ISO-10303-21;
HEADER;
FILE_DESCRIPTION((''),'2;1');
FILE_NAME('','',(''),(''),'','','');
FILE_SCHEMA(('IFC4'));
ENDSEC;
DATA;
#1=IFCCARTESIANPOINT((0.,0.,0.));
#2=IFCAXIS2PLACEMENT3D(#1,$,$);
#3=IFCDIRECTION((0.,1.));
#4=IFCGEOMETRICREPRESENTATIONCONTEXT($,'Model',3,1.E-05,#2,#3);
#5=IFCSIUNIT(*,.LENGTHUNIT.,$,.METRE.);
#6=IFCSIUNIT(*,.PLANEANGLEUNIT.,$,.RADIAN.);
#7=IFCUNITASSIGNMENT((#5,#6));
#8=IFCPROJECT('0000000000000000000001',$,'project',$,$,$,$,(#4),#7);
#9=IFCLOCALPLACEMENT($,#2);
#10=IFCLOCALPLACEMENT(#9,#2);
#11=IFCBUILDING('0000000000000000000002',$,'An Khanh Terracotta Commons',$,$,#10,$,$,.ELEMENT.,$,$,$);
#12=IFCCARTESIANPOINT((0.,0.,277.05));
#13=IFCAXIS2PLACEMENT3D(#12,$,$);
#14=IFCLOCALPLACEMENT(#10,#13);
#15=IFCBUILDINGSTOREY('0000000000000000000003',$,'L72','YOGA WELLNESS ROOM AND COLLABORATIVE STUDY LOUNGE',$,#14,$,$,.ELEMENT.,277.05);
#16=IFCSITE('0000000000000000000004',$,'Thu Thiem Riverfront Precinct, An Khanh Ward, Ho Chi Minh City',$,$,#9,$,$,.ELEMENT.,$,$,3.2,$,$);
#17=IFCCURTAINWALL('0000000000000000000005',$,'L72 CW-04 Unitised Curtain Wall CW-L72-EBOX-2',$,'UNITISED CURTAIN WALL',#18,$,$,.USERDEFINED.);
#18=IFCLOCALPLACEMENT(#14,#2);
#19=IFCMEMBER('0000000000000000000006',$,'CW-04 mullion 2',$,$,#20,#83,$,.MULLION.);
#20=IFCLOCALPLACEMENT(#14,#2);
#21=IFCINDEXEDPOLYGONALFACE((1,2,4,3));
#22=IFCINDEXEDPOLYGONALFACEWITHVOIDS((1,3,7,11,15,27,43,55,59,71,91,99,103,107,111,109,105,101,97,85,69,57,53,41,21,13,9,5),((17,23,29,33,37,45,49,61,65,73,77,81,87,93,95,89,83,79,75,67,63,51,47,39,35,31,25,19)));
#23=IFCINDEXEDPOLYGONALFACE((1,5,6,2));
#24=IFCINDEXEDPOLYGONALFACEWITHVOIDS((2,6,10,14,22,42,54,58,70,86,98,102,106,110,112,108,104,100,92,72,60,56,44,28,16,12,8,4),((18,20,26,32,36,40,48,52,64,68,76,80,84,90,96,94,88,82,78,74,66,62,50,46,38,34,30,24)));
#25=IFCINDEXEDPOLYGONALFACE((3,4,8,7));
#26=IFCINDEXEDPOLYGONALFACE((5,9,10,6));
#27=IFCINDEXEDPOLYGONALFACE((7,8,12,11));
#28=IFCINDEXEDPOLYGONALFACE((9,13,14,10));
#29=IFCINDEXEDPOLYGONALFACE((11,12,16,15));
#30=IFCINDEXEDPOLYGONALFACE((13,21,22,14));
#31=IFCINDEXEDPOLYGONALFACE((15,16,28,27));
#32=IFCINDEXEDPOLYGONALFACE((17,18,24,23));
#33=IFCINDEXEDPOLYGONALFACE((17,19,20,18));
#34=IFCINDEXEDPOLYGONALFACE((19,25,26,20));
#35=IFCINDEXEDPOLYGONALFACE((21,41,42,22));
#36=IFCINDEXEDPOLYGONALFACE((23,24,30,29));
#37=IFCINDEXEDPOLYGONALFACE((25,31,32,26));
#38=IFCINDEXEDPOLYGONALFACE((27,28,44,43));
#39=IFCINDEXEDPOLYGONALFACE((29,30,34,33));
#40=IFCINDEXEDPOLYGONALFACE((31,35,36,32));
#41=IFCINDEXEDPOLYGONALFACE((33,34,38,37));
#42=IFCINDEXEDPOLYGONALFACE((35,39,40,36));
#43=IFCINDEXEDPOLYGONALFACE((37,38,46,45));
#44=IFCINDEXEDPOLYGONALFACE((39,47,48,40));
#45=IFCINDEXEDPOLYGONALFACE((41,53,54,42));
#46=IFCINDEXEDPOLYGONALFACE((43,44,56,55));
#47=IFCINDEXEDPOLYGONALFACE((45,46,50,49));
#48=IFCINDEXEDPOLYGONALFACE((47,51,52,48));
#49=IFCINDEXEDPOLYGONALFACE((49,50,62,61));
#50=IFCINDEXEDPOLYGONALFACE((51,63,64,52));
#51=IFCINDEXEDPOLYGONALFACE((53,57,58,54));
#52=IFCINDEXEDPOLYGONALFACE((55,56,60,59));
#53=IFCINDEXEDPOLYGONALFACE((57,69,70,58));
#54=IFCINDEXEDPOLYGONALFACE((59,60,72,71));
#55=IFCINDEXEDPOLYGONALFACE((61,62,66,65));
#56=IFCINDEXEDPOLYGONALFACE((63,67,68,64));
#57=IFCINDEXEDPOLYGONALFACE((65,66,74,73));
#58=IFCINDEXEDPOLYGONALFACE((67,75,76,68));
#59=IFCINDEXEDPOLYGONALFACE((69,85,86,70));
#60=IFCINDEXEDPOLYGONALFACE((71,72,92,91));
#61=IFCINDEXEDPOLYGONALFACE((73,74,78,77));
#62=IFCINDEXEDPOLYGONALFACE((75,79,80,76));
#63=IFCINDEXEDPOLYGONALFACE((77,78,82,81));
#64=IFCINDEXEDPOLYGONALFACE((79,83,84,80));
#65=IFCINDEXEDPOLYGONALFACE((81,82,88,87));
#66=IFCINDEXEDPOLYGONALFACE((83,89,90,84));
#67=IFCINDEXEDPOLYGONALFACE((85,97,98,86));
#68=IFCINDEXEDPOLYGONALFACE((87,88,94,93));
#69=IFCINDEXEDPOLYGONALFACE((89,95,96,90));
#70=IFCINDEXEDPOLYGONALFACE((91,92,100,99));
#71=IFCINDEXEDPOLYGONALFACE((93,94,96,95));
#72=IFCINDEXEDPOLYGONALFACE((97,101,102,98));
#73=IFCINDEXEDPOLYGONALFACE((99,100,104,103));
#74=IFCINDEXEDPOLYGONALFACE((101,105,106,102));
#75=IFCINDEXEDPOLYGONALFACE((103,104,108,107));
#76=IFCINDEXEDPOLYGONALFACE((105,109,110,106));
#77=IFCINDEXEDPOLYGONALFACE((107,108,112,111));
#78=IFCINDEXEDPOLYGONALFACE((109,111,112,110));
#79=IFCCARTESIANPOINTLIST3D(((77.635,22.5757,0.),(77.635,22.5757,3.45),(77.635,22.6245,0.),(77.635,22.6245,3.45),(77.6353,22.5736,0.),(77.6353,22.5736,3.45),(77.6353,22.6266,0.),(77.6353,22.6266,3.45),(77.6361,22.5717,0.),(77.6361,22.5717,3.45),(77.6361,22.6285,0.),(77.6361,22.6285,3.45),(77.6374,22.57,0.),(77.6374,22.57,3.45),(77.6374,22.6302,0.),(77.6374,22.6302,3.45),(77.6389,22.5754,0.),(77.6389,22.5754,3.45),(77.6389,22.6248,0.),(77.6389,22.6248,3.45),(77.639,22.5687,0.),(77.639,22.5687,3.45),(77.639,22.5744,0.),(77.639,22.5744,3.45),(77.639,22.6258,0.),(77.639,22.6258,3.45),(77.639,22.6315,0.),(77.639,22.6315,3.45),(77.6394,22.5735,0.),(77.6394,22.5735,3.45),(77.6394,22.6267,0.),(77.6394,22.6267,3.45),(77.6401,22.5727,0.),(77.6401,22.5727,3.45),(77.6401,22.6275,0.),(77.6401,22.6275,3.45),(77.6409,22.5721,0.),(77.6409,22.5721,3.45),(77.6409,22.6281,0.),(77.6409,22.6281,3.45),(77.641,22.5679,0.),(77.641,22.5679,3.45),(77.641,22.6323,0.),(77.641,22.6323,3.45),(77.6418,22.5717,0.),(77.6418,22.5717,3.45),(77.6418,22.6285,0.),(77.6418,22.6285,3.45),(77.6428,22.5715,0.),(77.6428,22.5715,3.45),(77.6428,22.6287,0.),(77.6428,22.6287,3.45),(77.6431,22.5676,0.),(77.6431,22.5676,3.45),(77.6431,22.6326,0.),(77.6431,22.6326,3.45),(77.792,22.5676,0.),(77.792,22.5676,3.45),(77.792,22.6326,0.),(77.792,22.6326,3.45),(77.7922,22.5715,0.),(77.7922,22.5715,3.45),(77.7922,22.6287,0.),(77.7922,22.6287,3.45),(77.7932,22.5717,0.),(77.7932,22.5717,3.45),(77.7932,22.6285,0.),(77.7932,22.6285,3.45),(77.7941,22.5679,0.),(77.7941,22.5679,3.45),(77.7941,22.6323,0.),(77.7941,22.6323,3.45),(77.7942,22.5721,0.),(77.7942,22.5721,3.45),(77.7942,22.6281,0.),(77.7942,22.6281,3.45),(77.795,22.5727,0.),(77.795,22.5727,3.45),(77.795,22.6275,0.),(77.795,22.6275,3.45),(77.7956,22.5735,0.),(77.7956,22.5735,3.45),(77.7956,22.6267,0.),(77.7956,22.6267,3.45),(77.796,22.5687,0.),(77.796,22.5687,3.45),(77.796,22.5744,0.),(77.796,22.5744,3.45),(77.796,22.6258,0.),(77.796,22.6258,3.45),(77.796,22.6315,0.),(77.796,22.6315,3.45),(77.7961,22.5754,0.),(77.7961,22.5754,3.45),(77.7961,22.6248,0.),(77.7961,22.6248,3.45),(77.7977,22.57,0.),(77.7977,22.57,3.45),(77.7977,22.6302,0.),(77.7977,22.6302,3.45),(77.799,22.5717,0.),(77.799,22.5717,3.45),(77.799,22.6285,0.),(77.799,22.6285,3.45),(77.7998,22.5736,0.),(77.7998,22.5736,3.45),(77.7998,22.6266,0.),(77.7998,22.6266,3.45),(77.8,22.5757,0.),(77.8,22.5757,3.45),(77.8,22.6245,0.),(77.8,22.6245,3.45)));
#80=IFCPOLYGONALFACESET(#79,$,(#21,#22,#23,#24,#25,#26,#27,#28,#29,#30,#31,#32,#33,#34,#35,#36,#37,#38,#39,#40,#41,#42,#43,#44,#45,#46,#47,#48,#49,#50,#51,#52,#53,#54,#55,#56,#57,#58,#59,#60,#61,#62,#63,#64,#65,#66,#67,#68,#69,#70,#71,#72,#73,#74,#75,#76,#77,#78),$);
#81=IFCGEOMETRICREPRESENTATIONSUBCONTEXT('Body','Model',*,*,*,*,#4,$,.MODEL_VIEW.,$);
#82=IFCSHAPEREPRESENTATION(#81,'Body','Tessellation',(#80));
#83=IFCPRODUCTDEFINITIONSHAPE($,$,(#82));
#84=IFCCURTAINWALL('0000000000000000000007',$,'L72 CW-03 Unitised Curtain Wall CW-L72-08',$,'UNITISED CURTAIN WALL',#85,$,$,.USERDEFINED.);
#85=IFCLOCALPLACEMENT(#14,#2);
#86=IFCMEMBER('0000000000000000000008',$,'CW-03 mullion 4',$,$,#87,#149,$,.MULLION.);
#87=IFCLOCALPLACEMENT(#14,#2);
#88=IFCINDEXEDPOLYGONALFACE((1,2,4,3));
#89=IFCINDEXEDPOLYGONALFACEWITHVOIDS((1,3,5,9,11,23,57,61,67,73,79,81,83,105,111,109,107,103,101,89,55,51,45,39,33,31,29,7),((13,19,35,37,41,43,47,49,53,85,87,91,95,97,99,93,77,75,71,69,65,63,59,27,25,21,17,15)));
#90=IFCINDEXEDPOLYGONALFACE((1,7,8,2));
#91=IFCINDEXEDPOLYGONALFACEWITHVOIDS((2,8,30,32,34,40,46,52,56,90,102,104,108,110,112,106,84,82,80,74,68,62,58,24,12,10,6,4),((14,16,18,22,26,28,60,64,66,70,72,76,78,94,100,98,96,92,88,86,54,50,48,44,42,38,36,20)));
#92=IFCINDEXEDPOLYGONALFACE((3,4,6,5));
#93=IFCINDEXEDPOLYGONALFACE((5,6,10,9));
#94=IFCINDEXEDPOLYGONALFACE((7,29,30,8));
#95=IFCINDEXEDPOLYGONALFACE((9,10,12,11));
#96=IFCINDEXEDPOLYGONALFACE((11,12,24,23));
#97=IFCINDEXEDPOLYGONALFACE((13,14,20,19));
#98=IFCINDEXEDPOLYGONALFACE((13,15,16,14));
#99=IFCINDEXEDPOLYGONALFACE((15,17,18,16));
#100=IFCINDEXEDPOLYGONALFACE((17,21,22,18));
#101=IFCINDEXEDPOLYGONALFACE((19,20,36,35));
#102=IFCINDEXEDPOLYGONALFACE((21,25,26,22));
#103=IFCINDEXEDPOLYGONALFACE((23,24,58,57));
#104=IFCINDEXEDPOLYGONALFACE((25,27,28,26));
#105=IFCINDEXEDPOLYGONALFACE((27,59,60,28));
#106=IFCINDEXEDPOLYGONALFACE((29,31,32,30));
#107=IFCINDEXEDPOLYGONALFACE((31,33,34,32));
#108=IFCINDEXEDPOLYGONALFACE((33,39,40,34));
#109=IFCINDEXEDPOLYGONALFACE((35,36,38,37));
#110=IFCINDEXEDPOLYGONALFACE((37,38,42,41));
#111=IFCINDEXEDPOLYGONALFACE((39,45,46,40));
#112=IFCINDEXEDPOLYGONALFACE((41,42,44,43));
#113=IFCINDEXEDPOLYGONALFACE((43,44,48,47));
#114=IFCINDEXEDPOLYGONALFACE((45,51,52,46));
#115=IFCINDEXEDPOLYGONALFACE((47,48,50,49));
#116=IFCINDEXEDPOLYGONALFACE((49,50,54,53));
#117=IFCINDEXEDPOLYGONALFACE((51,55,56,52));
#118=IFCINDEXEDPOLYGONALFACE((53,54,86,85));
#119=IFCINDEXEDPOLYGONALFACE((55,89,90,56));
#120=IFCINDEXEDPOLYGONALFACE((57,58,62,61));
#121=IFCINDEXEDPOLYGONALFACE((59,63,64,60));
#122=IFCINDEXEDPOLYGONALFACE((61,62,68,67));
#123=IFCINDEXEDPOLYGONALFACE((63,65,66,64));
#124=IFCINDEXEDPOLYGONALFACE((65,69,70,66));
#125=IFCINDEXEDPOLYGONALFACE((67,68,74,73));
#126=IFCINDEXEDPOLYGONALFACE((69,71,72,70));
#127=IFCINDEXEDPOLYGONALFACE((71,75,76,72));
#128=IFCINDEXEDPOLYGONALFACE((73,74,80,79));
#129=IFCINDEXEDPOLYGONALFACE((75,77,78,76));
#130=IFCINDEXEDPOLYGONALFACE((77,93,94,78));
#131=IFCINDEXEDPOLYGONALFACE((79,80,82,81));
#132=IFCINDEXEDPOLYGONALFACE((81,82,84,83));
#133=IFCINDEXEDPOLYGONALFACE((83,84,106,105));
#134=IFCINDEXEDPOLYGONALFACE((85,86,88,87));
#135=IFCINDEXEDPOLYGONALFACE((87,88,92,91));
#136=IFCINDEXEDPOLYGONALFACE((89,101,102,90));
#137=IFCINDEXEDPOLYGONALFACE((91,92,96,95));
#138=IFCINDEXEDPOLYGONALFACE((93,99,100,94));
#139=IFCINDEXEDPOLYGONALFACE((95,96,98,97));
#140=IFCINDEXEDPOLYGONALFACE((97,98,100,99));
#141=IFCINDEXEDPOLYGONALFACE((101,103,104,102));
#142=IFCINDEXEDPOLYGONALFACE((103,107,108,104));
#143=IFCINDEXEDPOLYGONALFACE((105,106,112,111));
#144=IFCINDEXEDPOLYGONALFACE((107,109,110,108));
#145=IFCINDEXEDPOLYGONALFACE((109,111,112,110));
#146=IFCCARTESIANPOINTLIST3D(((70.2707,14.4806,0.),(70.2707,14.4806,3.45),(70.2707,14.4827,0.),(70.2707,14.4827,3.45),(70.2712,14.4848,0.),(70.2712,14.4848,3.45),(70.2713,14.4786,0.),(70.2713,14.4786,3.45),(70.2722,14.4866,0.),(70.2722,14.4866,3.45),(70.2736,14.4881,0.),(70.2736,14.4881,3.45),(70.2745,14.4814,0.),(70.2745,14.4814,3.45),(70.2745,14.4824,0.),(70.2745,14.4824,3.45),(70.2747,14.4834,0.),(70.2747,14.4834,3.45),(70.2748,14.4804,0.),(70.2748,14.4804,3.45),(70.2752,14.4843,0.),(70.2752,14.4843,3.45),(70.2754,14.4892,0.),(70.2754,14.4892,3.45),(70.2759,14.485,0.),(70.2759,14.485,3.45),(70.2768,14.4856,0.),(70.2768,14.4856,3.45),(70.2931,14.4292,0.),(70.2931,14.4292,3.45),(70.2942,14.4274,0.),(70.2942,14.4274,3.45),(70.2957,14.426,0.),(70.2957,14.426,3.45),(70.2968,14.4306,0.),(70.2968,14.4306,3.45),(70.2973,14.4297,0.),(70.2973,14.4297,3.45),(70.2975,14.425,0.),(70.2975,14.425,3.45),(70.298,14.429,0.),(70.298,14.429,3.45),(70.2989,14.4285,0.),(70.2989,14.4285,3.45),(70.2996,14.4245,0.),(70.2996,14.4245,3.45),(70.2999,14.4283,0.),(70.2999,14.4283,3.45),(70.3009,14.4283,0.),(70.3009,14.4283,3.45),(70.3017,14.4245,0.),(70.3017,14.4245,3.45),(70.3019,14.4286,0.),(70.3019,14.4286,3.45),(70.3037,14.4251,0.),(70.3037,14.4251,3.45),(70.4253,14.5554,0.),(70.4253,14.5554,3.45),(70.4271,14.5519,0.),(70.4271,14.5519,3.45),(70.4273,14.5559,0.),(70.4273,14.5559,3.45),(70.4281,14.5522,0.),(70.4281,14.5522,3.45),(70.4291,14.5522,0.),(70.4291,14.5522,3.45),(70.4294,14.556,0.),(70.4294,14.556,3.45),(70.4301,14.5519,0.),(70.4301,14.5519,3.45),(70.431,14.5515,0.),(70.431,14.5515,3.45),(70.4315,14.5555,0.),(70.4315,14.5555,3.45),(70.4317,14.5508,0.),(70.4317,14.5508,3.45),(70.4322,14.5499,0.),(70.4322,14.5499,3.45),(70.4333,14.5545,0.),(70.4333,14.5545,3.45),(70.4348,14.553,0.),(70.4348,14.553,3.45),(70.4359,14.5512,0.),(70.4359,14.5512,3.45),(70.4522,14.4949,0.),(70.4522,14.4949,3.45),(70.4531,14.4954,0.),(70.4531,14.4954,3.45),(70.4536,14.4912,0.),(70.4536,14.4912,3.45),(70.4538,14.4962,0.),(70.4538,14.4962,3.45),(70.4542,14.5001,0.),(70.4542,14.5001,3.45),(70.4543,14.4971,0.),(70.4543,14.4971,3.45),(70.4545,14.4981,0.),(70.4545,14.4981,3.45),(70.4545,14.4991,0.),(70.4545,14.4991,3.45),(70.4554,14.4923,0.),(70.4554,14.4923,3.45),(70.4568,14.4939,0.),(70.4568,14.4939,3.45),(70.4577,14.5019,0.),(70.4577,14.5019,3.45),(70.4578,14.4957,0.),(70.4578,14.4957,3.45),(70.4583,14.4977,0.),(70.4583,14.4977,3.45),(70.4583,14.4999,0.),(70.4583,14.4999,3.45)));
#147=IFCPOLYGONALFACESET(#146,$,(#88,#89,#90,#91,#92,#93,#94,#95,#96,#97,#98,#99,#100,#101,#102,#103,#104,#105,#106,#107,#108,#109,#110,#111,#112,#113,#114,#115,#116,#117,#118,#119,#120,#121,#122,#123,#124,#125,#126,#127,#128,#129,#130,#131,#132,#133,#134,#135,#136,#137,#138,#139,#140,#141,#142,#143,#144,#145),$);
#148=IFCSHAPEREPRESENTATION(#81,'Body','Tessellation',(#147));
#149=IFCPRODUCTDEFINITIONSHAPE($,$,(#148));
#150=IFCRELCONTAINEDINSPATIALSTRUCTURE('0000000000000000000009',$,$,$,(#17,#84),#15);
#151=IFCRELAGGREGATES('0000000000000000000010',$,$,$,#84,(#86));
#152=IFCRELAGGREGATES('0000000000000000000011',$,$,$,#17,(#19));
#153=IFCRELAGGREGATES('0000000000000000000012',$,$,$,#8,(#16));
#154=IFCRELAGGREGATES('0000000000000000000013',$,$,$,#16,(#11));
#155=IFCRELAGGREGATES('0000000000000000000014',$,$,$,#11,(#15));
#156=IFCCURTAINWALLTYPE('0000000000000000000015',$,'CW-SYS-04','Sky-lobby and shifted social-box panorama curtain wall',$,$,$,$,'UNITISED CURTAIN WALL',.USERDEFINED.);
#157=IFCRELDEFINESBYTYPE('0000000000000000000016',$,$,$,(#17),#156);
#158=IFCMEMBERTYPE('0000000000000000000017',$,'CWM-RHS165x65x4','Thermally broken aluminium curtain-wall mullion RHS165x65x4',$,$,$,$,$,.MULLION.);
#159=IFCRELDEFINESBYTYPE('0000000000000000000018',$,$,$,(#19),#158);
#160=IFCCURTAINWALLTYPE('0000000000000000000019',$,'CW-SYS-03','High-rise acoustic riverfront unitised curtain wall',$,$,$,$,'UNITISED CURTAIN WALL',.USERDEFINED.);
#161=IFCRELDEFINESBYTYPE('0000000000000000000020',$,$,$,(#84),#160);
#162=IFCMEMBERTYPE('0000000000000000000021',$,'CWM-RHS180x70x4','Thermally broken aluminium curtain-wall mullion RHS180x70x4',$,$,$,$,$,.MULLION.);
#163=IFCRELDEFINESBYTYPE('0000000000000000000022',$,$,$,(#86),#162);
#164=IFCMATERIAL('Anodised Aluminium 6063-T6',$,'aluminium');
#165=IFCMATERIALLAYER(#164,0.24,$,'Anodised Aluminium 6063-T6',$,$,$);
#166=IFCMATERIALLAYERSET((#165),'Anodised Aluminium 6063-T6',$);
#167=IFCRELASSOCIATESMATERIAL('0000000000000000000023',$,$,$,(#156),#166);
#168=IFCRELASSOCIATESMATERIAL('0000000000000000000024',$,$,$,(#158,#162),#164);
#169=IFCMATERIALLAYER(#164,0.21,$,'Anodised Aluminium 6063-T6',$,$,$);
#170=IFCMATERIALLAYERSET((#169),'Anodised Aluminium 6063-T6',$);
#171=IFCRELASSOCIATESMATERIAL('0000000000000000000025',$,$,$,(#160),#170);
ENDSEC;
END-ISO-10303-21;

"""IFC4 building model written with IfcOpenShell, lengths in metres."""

from ifc_helpers import new_model, si_unit, direction, frame, origin, origin_2d, place, context, subcontext, project, spatial, hollow_rectangle, extrude, material, layer, layer_set, material_profile, profile_set, type_object, element, aggregate, save


model = new_model("IFC4")

# Units and contexts
model_context = context("Model", 3, precision=1e-05, world=origin(), true_north=direction((0.0, 1.0)))
body_context = subcontext(model_context, "Body", "Model", "MODEL_VIEW")
ifc_project = project(units=[si_unit("LENGTHUNIT", "METRE"), si_unit("PLANEANGLEUNIT", "RADIAN")], contexts=[model_context])

# Site, building, storey
site_placement = place(None, origin())
site = spatial("IfcSite", under=ifc_project, at=site_placement, Name="Thu Thiem Riverfront Precinct, An Khanh Ward, Ho Chi Minh City", CompositionType="ELEMENT", RefElevation=3.2)
building_placement = place(site_placement, origin())
building = spatial("IfcBuilding", under=site, at=building_placement, Name="An Khanh Terracotta Commons", CompositionType="ELEMENT")
storey_placement = place(building_placement, frame((0.0, 0.0, 277.05)))
storey = spatial("IfcBuildingStorey", under=building, at=storey_placement, Name="L72", Description="YOGA WELLNESS ROOM AND COLLABORATIVE STUDY LOUNGE", CompositionType="ELEMENT", Elevation=277.05)

# Shared definitions
ifc_material_1 = material(Name="Anodised Aluminium 6063-T6", Category="aluminium")
ifc_layer_1 = layer(ifc_material_1, 0.24, Name="Anodised Aluminium 6063-T6")
ifc_layer_set_1 = layer_set([ifc_layer_1], Name="Anodised Aluminium 6063-T6")
curtain_wall_type_1 = type_object("IfcCurtainWallType", Name="CW-SYS-04", Description="Sky-lobby and shifted social-box panorama curtain wall", ElementType="UNITISED CURTAIN WALL", PredefinedType="USERDEFINED", material=ifc_layer_set_1)
ifc_material_profile_1 = material_profile(ifc_material_1, hollow_rectangle(XDim=0.0649, YDim=0.165, WallThickness=0.0039, InnerFilletRadius=0.0039, OuterFilletRadius=0.0081, at=origin_2d()), Name="RHS165x65x4")
ifc_profile_set_1 = profile_set([ifc_material_profile_1], Name="Anodised Aluminium 6063-T6")
member_type_1 = type_object("IfcMemberType", Name="CWM-RHS165x65x4", Description="Thermally broken aluminium curtain-wall mullion RHS165x65x4", PredefinedType="MULLION", material=ifc_profile_set_1)

# Curtain walls, members
curtain_wall_1_placement = place(storey_placement, origin())
curtain_wall_1 = element("IfcCurtainWall", 1, at=curtain_wall_1_placement, inside=storey, type_object=curtain_wall_type_1, Name="L72 CW-04 Unitised Curtain Wall CW-L72-EBOX-2", ObjectType="UNITISED CURTAIN WALL", PredefinedType="USERDEFINED")
member_1_placement = place(storey_placement, frame((77.7175, 22.6001, 0.0), z_axis=(0.0, 0.0, 1.0), x_axis=(0.0, 1.0, 0.0)))
member_1 = element("IfcMember", 2, at=member_1_placement, type_object=member_type_1, Name="CW-04 mullion 2", PredefinedType="MULLION", context=body_context, shape_type="SweptSolid", body=[
    extrude(hollow_rectangle(XDim=0.0649, YDim=0.165, WallThickness=0.0039, InnerFilletRadius=0.0039, OuterFilletRadius=0.0081, at=origin_2d()), origin(), (0.0, 0.0, 1.0), 3.45),
])
ifc_layer_2 = layer(ifc_material_1, 0.21, Name="Anodised Aluminium 6063-T6")
ifc_layer_set_2 = layer_set([ifc_layer_2], Name="Anodised Aluminium 6063-T6")
curtain_wall_type_2 = type_object("IfcCurtainWallType", Name="CW-SYS-03", Description="High-rise acoustic riverfront unitised curtain wall", ElementType="UNITISED CURTAIN WALL", PredefinedType="USERDEFINED", material=ifc_layer_set_2)
curtain_wall_2_placement = place(storey_placement, origin())
curtain_wall_2 = element("IfcCurtainWall", 3, at=curtain_wall_2_placement, inside=storey, type_object=curtain_wall_type_2, Name="L72 CW-03 Unitised Curtain Wall CW-L72-08", ObjectType="UNITISED CURTAIN WALL", PredefinedType="USERDEFINED")
ifc_material_profile_2 = material_profile(ifc_material_1, hollow_rectangle(XDim=0.0701, YDim=0.1799, WallThickness=0.0039, InnerFilletRadius=0.0039, OuterFilletRadius=0.0081, at=origin_2d()), Name="RHS180x70x4")
ifc_profile_set_2 = profile_set([ifc_material_profile_2], Name="Anodised Aluminium 6063-T6")
member_type_2 = type_object("IfcMemberType", Name="CWM-RHS180x70x4", Description="Thermally broken aluminium curtain-wall mullion RHS180x70x4", PredefinedType="MULLION", material=ifc_profile_set_2)
member_2_placement = place(storey_placement, frame((70.3645, 14.4902, 0.0), z_axis=(0.0, 0.0, 1.0), x_axis=(-0.403676, 0.914902, 0.0)))
member_2 = element("IfcMember", 4, at=member_2_placement, type_object=member_type_2, Name="CW-03 mullion 4", PredefinedType="MULLION", context=body_context, shape_type="SweptSolid", body=[
    extrude(hollow_rectangle(XDim=0.0701, YDim=0.1799, WallThickness=0.0039, InnerFilletRadius=0.0039, OuterFilletRadius=0.0081, at=origin_2d()), origin(), (0.0, 0.0, 1.0), 3.45),
])

aggregate(curtain_wall_2, [member_2])
aggregate(curtain_wall_1, [member_1])

save(model, "model.ifc")
